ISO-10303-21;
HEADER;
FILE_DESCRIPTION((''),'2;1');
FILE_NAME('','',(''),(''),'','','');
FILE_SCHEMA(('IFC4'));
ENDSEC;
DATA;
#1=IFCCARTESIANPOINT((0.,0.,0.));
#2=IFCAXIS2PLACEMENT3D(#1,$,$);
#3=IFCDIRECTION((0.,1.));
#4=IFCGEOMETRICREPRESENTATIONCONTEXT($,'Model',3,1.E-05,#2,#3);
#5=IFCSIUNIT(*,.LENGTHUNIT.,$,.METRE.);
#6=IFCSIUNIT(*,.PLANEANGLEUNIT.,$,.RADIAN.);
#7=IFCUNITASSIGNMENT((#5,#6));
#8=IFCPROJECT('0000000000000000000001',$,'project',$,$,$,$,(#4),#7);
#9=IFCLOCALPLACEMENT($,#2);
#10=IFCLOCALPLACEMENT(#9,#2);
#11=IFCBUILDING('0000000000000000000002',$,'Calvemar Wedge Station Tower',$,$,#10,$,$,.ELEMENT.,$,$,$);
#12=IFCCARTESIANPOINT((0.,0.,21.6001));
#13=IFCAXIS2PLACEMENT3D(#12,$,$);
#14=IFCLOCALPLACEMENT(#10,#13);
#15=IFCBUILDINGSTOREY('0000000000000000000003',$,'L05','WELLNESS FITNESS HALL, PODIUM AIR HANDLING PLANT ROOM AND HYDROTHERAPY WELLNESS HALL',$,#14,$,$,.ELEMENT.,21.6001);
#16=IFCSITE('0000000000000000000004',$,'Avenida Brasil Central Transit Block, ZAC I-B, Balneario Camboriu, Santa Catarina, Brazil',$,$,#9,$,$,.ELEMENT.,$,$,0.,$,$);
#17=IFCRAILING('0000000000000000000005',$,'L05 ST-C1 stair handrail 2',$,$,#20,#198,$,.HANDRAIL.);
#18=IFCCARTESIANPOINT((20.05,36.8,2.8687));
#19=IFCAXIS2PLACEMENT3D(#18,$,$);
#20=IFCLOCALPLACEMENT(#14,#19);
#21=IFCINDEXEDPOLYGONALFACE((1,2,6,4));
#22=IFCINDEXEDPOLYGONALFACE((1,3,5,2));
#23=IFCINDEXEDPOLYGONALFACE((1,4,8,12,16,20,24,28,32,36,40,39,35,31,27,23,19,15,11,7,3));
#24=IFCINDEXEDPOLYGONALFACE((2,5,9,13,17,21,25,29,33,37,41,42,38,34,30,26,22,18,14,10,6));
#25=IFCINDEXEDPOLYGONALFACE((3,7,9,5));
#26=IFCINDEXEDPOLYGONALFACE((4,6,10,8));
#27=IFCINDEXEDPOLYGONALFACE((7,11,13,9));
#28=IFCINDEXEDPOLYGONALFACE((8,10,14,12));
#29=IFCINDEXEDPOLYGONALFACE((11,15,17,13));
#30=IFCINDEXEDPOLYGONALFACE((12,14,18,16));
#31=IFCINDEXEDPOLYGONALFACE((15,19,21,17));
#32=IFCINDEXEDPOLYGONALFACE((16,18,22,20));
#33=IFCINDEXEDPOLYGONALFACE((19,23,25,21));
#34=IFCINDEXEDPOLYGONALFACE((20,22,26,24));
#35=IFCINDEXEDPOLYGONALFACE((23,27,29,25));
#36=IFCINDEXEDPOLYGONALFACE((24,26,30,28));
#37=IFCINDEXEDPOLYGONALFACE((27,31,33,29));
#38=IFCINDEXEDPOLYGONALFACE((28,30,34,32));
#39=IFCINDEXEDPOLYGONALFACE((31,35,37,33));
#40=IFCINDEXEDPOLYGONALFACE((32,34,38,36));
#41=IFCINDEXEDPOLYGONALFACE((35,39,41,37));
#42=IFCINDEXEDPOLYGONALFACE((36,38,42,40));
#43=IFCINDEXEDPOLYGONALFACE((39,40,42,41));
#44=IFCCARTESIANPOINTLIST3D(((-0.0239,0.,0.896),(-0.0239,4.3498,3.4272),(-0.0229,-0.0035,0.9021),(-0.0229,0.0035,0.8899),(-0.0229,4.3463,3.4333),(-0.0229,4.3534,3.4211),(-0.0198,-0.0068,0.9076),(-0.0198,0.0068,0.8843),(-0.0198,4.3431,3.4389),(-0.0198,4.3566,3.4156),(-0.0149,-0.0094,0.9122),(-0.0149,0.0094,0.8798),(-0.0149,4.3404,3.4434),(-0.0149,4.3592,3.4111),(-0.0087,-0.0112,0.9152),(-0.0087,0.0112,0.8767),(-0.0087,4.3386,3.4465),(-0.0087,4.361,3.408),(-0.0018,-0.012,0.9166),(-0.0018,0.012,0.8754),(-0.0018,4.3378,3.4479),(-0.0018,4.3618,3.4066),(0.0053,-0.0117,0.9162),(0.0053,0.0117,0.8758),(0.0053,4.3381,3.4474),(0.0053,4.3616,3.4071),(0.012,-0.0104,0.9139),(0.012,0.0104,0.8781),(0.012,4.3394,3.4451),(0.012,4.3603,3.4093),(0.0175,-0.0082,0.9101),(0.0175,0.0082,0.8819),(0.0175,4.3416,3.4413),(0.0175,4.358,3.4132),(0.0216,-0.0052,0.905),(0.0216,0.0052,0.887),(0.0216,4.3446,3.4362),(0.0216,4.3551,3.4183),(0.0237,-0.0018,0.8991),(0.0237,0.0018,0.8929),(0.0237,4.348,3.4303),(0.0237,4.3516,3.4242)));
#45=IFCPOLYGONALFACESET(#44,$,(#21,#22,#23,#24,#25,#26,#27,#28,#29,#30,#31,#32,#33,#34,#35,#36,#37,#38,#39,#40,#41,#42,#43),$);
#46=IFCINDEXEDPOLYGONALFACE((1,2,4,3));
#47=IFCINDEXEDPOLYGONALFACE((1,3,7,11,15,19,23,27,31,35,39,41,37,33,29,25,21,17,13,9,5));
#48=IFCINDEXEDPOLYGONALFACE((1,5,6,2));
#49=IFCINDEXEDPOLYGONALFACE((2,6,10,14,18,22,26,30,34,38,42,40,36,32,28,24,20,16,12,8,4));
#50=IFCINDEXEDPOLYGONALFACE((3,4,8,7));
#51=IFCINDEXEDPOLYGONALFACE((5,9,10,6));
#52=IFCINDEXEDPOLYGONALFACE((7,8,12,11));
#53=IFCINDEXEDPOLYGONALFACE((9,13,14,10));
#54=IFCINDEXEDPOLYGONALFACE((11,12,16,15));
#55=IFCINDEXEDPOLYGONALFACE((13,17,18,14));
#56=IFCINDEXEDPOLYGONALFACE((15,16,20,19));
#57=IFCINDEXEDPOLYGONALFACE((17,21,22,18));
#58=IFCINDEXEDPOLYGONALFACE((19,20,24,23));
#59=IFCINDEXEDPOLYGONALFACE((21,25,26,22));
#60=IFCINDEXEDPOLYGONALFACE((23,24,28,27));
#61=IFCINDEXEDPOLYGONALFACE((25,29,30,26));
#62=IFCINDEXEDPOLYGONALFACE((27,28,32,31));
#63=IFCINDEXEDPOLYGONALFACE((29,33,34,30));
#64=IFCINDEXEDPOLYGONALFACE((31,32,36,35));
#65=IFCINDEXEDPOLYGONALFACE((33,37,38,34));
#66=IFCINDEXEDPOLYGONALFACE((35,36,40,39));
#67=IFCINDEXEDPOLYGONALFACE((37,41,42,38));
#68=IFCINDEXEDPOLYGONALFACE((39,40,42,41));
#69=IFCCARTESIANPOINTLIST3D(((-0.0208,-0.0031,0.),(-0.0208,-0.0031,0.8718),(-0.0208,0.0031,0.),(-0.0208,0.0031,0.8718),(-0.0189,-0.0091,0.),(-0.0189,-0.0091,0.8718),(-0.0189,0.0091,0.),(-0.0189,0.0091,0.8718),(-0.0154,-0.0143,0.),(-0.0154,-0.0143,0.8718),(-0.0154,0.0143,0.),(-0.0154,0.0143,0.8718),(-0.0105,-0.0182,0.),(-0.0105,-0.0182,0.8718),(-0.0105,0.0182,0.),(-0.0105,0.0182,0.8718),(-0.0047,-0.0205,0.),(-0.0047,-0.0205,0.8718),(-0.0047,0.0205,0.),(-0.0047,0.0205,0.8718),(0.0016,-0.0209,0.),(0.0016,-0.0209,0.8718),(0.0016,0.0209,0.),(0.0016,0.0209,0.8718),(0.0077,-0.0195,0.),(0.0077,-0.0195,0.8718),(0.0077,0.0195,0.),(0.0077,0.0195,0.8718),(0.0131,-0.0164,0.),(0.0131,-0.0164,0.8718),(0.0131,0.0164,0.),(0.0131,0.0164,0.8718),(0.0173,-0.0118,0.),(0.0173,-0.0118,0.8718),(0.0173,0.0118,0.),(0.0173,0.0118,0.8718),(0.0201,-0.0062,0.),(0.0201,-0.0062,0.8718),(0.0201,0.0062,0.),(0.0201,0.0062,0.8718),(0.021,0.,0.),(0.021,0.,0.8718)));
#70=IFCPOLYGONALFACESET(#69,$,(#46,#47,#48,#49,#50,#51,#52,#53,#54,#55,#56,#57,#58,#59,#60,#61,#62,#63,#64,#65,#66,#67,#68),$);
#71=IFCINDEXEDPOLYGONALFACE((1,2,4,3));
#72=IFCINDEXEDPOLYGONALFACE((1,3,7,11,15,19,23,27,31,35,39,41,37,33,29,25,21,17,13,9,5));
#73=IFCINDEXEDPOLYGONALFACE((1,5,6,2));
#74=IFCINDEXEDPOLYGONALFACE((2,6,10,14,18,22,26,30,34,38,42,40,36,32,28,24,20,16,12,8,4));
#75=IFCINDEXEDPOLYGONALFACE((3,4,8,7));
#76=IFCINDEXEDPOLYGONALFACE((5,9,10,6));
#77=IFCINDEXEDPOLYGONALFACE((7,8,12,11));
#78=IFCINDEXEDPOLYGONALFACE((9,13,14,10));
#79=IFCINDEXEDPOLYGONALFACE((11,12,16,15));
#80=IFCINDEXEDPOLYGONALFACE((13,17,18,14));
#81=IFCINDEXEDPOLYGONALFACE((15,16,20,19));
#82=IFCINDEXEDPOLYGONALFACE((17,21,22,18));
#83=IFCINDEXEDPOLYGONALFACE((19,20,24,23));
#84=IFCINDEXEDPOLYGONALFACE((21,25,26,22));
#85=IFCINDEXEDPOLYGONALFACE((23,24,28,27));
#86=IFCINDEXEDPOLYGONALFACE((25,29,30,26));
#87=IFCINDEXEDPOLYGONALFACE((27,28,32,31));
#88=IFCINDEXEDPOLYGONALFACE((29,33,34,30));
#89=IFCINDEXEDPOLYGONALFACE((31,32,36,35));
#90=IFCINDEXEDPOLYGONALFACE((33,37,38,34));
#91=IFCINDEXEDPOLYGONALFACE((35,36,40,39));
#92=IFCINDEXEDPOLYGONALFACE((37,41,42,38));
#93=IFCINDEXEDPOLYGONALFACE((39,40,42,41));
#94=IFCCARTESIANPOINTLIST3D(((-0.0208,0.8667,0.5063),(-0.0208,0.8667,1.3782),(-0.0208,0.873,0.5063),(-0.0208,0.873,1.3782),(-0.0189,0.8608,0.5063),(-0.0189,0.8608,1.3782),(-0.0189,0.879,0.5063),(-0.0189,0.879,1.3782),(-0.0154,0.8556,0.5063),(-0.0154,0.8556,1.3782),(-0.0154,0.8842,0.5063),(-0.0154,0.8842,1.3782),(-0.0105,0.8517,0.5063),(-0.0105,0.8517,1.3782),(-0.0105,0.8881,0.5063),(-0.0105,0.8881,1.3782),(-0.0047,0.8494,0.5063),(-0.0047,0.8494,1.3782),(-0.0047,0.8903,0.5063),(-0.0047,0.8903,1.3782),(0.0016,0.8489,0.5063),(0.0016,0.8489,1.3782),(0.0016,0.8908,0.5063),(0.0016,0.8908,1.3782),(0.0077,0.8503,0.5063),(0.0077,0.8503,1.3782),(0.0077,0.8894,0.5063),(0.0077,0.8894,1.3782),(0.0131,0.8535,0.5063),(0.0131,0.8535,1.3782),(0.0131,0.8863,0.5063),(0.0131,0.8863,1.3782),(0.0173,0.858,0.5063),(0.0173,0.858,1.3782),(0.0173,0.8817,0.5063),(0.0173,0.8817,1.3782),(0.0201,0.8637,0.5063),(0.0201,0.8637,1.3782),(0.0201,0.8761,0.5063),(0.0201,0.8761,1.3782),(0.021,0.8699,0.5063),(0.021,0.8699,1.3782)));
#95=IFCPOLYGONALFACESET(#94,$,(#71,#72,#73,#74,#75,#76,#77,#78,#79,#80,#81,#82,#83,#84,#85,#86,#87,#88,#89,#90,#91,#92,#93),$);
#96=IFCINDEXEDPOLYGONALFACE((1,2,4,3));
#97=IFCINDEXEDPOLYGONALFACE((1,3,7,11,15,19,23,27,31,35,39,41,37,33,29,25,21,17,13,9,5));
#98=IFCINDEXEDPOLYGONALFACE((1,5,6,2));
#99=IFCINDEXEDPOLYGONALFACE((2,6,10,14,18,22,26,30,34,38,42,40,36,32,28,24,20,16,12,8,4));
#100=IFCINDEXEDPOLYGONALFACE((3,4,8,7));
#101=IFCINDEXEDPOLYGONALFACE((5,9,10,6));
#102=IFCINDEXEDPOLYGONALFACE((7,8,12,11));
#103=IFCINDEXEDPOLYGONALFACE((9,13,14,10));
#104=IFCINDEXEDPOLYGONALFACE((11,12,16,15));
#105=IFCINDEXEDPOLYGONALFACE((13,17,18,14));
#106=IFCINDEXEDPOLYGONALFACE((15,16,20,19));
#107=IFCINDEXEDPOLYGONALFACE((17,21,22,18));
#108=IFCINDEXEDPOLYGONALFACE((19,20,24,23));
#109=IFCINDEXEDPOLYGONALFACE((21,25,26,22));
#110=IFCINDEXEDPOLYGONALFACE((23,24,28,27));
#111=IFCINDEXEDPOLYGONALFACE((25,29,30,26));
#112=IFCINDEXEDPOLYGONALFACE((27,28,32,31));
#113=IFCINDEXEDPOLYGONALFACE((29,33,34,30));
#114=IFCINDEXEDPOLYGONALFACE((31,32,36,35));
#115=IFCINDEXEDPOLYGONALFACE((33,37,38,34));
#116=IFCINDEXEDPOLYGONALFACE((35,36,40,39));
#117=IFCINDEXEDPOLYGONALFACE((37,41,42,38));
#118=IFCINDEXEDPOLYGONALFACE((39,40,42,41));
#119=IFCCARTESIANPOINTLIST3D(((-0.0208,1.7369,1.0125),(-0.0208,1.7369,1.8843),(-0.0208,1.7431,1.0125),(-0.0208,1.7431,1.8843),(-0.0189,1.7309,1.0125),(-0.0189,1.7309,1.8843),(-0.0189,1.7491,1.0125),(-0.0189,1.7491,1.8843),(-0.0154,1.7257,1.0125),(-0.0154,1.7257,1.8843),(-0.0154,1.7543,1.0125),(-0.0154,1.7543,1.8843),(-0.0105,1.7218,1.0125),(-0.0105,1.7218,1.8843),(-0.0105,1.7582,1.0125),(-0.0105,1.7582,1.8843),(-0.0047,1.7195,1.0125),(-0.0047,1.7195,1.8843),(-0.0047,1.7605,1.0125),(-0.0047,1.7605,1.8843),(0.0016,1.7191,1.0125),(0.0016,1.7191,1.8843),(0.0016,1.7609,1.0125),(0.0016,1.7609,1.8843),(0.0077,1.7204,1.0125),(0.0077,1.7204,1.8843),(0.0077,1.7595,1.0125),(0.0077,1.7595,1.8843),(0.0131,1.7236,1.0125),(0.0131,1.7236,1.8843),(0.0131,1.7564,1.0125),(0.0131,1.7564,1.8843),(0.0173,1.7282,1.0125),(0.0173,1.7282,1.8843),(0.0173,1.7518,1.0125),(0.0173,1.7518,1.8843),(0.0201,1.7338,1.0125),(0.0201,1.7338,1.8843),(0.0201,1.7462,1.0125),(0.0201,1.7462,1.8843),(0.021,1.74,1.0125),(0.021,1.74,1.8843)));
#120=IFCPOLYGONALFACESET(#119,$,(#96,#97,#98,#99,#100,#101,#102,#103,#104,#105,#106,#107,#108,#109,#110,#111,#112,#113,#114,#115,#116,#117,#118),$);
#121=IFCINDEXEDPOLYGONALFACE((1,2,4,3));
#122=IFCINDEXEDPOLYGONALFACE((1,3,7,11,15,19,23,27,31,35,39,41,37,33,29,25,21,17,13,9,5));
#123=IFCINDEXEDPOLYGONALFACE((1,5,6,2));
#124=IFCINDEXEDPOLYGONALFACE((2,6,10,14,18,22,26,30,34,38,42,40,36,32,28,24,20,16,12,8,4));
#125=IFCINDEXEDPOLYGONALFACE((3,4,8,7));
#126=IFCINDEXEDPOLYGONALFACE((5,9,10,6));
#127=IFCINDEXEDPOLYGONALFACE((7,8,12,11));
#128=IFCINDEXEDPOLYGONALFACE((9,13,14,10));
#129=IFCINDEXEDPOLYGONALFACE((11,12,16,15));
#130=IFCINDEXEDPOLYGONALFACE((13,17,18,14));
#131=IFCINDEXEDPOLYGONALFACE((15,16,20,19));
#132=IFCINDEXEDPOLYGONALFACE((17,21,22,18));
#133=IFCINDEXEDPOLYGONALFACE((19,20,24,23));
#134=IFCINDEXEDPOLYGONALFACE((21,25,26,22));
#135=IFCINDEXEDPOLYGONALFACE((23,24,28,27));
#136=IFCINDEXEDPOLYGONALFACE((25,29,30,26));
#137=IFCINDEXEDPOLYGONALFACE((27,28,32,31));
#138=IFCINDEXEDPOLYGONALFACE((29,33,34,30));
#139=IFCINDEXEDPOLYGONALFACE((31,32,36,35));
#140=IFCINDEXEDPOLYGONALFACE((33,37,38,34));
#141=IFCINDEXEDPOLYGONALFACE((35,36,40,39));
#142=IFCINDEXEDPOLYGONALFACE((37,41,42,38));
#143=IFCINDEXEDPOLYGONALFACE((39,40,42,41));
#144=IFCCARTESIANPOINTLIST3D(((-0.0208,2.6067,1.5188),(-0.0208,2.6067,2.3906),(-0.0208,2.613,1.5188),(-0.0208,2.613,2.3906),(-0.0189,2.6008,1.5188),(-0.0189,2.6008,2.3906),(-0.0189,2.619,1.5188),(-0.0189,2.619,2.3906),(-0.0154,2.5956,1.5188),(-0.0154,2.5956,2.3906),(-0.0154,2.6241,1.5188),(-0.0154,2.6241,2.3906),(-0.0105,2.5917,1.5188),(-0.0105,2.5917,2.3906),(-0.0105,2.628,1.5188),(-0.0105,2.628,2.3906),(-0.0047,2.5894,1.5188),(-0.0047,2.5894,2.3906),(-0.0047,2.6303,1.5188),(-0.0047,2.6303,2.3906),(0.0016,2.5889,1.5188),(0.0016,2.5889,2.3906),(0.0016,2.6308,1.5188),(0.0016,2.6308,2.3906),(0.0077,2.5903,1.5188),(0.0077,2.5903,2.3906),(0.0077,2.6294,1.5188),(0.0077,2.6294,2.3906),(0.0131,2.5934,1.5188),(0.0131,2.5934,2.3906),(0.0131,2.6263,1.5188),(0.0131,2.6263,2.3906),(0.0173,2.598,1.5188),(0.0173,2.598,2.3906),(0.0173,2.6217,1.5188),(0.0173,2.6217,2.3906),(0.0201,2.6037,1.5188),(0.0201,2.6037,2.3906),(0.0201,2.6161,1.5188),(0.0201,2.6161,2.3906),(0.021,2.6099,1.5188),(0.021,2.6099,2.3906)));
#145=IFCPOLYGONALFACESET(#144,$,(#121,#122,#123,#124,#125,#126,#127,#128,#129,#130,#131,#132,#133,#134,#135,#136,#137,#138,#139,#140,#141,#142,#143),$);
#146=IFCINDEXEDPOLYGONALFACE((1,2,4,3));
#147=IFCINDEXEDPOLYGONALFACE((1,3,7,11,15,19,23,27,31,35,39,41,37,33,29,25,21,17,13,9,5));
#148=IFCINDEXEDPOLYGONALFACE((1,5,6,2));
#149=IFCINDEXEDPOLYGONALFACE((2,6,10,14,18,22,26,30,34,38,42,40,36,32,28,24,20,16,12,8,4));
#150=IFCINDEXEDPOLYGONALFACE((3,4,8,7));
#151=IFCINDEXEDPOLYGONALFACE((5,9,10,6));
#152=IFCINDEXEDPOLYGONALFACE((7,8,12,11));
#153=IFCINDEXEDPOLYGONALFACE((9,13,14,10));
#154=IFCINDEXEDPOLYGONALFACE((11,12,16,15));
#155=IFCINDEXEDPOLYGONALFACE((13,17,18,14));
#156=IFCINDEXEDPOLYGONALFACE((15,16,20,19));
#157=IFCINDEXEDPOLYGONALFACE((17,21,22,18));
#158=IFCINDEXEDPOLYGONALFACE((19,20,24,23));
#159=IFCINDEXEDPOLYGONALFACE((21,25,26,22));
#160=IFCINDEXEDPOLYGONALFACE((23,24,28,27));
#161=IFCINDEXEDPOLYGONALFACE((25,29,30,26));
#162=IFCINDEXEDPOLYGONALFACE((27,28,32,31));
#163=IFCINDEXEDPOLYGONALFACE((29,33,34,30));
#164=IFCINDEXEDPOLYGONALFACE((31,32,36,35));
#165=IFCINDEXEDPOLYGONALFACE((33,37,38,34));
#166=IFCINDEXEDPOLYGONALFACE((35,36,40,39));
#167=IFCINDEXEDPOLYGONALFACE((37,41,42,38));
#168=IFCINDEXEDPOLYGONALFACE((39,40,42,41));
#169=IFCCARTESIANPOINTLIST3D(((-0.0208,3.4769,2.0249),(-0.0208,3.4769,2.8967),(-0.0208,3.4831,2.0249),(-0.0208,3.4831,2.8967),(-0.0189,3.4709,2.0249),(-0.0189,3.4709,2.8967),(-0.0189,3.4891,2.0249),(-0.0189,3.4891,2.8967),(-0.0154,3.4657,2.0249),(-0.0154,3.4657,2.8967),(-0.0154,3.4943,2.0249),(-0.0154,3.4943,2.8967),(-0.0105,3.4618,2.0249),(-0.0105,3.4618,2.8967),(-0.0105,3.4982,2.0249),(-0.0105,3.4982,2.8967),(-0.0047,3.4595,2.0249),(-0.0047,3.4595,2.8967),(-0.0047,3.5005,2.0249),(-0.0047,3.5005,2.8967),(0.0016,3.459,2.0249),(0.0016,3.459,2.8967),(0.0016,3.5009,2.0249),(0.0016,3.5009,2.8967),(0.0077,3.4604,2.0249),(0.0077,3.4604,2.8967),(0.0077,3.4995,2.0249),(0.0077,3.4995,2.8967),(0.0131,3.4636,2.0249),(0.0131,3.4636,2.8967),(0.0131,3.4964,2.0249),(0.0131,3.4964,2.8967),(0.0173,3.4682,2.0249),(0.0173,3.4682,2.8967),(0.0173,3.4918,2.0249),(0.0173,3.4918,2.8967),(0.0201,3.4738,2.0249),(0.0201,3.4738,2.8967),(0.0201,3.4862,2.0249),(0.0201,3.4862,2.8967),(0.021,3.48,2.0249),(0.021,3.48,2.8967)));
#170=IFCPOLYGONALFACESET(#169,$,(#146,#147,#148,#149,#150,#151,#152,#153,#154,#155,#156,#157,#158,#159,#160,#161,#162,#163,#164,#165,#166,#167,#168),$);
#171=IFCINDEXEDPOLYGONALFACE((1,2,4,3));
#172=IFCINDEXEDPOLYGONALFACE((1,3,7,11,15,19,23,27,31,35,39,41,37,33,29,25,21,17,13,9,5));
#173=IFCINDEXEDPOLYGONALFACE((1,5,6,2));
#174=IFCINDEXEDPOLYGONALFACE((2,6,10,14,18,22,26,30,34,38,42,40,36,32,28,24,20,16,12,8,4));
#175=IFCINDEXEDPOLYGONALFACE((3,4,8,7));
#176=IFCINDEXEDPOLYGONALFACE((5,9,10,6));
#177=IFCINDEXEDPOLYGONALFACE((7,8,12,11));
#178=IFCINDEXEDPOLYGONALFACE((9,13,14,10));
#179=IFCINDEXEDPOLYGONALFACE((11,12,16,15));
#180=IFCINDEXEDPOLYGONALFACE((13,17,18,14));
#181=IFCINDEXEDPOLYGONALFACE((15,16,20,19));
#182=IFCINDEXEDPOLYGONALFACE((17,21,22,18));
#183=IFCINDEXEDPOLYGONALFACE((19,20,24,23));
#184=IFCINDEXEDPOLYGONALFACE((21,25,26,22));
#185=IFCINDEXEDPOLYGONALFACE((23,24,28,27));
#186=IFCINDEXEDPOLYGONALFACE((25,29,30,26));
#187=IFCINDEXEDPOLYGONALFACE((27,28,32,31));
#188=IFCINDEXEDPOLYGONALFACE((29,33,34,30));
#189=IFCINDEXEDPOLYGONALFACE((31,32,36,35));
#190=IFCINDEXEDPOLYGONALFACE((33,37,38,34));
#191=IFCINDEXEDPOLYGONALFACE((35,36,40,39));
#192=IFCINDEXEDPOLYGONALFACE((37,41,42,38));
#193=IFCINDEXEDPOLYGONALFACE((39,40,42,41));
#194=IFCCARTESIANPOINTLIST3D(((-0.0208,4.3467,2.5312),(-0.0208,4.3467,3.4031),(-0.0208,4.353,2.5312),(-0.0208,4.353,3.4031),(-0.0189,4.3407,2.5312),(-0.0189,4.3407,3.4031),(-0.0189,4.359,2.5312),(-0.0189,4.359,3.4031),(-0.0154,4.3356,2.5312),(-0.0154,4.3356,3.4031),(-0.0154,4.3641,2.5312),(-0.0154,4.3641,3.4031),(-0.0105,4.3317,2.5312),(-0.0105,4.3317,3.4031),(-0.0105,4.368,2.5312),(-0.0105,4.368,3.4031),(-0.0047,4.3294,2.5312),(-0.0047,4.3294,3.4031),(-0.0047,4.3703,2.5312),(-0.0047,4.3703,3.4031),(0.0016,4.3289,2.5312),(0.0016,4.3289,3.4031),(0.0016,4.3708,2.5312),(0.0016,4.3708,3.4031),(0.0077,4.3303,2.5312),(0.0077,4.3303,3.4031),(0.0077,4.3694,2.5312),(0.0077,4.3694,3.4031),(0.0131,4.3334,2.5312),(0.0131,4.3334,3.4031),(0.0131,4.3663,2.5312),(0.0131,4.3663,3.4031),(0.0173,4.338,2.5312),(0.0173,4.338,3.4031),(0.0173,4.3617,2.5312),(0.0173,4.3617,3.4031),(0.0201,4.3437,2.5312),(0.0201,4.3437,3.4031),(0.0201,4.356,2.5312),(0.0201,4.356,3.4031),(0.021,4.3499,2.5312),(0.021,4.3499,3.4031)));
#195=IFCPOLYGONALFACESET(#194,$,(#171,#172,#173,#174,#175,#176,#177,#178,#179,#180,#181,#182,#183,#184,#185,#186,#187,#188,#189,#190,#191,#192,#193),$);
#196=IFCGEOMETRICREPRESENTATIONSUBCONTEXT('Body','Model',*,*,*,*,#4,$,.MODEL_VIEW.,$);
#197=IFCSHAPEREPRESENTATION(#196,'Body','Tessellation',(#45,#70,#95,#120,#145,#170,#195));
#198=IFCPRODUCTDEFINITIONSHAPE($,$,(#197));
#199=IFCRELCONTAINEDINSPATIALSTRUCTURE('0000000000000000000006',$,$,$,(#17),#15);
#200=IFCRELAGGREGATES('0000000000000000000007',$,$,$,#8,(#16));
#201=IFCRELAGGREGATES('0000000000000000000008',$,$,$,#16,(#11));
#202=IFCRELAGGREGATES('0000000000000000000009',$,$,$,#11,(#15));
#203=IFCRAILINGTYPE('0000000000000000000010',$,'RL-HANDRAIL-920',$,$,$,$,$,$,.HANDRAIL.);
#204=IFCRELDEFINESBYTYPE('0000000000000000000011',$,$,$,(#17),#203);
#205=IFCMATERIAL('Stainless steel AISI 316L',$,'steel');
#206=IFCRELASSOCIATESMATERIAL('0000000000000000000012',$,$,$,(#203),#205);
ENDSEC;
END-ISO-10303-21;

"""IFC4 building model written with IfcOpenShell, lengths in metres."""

from ifc_helpers import new_model, si_unit, direction, frame, origin, origin_2d, place, context, subcontext, project, spatial, circle, extrude, material, type_object, element, save


model = new_model("IFC4")

# Units and contexts
model_context = context("Model", 3, precision=1e-05, world=origin(), true_north=direction((0.0, 1.0)))
body_context = subcontext(model_context, "Body", "Model", "MODEL_VIEW")
ifc_project = project(units=[si_unit("LENGTHUNIT", "METRE"), si_unit("PLANEANGLEUNIT", "RADIAN")], contexts=[model_context])

# Site, building, storey
site_placement = place(None, origin())
site = spatial("IfcSite", under=ifc_project, at=site_placement, Name="Avenida Brasil Central Transit Block, ZAC I-B, Balneario Camboriu, Santa Catarina, Brazil", CompositionType="ELEMENT", RefElevation=0.0)
building_placement = place(site_placement, origin())
building = spatial("IfcBuilding", under=site, at=building_placement, Name="Calvemar Wedge Station Tower", CompositionType="ELEMENT")
storey_placement = place(building_placement, frame((0.0, 0.0, 21.6001)))
storey = spatial("IfcBuildingStorey", under=building, at=storey_placement, Name="L05", Description="WELLNESS FITNESS HALL, PODIUM AIR HANDLING PLANT ROOM AND HYDROTHERAPY WELLNESS HALL", CompositionType="ELEMENT", Elevation=21.6001)

# Railing
ifc_material_1 = material(Name="Stainless steel AISI 316L", Category="steel")
railing_type_1 = type_object("IfcRailingType", Name="RL-HANDRAIL-920", PredefinedType="HANDRAIL", material=ifc_material_1)
railing_1_placement = place(storey_placement, frame((20.05, 36.8, 2.8687)))
element("IfcRailing", 1, at=railing_1_placement, inside=storey, type_object=railing_type_1, Name="L05 ST-C1 stair handrail 2", PredefinedType="HANDRAIL", context=body_context, shape_type="SweptSolid", body=[
    extrude(circle(Radius=0.0239, at=origin_2d()), frame((0.0, 0.0, 0.896), z_axis=(0.0, 0.864312, 0.502957), x_axis=(-1.0, 0.0, 0.0)), (0.0, 0.0, 1.0), 5.0327),
    extrude(circle(Radius=0.021, at=origin_2d()), origin(), (0.0, 0.0, 1.0), 0.8718),
    extrude(circle(Radius=0.021, at=origin_2d()), frame((0.0, 0.8699, 0.5063)), (0.0, 0.0, 1.0), 0.8718),
    extrude(circle(Radius=0.021, at=origin_2d()), frame((0.0, 1.74, 1.0125)), (0.0, 0.0, 1.0), 0.8718),
    extrude(circle(Radius=0.021, at=origin_2d()), frame((0.0, 2.6099, 1.5188)), (0.0, 0.0, 1.0), 0.8718),
    extrude(circle(Radius=0.021, at=origin_2d()), frame((0.0, 3.48, 2.0249)), (0.0, 0.0, 1.0), 0.8718),
    extrude(circle(Radius=0.021, at=origin_2d()), frame((0.0, 4.3499, 2.5312)), (0.0, 0.0, 1.0), 0.8718),
])

save(model, "model.ifc")
